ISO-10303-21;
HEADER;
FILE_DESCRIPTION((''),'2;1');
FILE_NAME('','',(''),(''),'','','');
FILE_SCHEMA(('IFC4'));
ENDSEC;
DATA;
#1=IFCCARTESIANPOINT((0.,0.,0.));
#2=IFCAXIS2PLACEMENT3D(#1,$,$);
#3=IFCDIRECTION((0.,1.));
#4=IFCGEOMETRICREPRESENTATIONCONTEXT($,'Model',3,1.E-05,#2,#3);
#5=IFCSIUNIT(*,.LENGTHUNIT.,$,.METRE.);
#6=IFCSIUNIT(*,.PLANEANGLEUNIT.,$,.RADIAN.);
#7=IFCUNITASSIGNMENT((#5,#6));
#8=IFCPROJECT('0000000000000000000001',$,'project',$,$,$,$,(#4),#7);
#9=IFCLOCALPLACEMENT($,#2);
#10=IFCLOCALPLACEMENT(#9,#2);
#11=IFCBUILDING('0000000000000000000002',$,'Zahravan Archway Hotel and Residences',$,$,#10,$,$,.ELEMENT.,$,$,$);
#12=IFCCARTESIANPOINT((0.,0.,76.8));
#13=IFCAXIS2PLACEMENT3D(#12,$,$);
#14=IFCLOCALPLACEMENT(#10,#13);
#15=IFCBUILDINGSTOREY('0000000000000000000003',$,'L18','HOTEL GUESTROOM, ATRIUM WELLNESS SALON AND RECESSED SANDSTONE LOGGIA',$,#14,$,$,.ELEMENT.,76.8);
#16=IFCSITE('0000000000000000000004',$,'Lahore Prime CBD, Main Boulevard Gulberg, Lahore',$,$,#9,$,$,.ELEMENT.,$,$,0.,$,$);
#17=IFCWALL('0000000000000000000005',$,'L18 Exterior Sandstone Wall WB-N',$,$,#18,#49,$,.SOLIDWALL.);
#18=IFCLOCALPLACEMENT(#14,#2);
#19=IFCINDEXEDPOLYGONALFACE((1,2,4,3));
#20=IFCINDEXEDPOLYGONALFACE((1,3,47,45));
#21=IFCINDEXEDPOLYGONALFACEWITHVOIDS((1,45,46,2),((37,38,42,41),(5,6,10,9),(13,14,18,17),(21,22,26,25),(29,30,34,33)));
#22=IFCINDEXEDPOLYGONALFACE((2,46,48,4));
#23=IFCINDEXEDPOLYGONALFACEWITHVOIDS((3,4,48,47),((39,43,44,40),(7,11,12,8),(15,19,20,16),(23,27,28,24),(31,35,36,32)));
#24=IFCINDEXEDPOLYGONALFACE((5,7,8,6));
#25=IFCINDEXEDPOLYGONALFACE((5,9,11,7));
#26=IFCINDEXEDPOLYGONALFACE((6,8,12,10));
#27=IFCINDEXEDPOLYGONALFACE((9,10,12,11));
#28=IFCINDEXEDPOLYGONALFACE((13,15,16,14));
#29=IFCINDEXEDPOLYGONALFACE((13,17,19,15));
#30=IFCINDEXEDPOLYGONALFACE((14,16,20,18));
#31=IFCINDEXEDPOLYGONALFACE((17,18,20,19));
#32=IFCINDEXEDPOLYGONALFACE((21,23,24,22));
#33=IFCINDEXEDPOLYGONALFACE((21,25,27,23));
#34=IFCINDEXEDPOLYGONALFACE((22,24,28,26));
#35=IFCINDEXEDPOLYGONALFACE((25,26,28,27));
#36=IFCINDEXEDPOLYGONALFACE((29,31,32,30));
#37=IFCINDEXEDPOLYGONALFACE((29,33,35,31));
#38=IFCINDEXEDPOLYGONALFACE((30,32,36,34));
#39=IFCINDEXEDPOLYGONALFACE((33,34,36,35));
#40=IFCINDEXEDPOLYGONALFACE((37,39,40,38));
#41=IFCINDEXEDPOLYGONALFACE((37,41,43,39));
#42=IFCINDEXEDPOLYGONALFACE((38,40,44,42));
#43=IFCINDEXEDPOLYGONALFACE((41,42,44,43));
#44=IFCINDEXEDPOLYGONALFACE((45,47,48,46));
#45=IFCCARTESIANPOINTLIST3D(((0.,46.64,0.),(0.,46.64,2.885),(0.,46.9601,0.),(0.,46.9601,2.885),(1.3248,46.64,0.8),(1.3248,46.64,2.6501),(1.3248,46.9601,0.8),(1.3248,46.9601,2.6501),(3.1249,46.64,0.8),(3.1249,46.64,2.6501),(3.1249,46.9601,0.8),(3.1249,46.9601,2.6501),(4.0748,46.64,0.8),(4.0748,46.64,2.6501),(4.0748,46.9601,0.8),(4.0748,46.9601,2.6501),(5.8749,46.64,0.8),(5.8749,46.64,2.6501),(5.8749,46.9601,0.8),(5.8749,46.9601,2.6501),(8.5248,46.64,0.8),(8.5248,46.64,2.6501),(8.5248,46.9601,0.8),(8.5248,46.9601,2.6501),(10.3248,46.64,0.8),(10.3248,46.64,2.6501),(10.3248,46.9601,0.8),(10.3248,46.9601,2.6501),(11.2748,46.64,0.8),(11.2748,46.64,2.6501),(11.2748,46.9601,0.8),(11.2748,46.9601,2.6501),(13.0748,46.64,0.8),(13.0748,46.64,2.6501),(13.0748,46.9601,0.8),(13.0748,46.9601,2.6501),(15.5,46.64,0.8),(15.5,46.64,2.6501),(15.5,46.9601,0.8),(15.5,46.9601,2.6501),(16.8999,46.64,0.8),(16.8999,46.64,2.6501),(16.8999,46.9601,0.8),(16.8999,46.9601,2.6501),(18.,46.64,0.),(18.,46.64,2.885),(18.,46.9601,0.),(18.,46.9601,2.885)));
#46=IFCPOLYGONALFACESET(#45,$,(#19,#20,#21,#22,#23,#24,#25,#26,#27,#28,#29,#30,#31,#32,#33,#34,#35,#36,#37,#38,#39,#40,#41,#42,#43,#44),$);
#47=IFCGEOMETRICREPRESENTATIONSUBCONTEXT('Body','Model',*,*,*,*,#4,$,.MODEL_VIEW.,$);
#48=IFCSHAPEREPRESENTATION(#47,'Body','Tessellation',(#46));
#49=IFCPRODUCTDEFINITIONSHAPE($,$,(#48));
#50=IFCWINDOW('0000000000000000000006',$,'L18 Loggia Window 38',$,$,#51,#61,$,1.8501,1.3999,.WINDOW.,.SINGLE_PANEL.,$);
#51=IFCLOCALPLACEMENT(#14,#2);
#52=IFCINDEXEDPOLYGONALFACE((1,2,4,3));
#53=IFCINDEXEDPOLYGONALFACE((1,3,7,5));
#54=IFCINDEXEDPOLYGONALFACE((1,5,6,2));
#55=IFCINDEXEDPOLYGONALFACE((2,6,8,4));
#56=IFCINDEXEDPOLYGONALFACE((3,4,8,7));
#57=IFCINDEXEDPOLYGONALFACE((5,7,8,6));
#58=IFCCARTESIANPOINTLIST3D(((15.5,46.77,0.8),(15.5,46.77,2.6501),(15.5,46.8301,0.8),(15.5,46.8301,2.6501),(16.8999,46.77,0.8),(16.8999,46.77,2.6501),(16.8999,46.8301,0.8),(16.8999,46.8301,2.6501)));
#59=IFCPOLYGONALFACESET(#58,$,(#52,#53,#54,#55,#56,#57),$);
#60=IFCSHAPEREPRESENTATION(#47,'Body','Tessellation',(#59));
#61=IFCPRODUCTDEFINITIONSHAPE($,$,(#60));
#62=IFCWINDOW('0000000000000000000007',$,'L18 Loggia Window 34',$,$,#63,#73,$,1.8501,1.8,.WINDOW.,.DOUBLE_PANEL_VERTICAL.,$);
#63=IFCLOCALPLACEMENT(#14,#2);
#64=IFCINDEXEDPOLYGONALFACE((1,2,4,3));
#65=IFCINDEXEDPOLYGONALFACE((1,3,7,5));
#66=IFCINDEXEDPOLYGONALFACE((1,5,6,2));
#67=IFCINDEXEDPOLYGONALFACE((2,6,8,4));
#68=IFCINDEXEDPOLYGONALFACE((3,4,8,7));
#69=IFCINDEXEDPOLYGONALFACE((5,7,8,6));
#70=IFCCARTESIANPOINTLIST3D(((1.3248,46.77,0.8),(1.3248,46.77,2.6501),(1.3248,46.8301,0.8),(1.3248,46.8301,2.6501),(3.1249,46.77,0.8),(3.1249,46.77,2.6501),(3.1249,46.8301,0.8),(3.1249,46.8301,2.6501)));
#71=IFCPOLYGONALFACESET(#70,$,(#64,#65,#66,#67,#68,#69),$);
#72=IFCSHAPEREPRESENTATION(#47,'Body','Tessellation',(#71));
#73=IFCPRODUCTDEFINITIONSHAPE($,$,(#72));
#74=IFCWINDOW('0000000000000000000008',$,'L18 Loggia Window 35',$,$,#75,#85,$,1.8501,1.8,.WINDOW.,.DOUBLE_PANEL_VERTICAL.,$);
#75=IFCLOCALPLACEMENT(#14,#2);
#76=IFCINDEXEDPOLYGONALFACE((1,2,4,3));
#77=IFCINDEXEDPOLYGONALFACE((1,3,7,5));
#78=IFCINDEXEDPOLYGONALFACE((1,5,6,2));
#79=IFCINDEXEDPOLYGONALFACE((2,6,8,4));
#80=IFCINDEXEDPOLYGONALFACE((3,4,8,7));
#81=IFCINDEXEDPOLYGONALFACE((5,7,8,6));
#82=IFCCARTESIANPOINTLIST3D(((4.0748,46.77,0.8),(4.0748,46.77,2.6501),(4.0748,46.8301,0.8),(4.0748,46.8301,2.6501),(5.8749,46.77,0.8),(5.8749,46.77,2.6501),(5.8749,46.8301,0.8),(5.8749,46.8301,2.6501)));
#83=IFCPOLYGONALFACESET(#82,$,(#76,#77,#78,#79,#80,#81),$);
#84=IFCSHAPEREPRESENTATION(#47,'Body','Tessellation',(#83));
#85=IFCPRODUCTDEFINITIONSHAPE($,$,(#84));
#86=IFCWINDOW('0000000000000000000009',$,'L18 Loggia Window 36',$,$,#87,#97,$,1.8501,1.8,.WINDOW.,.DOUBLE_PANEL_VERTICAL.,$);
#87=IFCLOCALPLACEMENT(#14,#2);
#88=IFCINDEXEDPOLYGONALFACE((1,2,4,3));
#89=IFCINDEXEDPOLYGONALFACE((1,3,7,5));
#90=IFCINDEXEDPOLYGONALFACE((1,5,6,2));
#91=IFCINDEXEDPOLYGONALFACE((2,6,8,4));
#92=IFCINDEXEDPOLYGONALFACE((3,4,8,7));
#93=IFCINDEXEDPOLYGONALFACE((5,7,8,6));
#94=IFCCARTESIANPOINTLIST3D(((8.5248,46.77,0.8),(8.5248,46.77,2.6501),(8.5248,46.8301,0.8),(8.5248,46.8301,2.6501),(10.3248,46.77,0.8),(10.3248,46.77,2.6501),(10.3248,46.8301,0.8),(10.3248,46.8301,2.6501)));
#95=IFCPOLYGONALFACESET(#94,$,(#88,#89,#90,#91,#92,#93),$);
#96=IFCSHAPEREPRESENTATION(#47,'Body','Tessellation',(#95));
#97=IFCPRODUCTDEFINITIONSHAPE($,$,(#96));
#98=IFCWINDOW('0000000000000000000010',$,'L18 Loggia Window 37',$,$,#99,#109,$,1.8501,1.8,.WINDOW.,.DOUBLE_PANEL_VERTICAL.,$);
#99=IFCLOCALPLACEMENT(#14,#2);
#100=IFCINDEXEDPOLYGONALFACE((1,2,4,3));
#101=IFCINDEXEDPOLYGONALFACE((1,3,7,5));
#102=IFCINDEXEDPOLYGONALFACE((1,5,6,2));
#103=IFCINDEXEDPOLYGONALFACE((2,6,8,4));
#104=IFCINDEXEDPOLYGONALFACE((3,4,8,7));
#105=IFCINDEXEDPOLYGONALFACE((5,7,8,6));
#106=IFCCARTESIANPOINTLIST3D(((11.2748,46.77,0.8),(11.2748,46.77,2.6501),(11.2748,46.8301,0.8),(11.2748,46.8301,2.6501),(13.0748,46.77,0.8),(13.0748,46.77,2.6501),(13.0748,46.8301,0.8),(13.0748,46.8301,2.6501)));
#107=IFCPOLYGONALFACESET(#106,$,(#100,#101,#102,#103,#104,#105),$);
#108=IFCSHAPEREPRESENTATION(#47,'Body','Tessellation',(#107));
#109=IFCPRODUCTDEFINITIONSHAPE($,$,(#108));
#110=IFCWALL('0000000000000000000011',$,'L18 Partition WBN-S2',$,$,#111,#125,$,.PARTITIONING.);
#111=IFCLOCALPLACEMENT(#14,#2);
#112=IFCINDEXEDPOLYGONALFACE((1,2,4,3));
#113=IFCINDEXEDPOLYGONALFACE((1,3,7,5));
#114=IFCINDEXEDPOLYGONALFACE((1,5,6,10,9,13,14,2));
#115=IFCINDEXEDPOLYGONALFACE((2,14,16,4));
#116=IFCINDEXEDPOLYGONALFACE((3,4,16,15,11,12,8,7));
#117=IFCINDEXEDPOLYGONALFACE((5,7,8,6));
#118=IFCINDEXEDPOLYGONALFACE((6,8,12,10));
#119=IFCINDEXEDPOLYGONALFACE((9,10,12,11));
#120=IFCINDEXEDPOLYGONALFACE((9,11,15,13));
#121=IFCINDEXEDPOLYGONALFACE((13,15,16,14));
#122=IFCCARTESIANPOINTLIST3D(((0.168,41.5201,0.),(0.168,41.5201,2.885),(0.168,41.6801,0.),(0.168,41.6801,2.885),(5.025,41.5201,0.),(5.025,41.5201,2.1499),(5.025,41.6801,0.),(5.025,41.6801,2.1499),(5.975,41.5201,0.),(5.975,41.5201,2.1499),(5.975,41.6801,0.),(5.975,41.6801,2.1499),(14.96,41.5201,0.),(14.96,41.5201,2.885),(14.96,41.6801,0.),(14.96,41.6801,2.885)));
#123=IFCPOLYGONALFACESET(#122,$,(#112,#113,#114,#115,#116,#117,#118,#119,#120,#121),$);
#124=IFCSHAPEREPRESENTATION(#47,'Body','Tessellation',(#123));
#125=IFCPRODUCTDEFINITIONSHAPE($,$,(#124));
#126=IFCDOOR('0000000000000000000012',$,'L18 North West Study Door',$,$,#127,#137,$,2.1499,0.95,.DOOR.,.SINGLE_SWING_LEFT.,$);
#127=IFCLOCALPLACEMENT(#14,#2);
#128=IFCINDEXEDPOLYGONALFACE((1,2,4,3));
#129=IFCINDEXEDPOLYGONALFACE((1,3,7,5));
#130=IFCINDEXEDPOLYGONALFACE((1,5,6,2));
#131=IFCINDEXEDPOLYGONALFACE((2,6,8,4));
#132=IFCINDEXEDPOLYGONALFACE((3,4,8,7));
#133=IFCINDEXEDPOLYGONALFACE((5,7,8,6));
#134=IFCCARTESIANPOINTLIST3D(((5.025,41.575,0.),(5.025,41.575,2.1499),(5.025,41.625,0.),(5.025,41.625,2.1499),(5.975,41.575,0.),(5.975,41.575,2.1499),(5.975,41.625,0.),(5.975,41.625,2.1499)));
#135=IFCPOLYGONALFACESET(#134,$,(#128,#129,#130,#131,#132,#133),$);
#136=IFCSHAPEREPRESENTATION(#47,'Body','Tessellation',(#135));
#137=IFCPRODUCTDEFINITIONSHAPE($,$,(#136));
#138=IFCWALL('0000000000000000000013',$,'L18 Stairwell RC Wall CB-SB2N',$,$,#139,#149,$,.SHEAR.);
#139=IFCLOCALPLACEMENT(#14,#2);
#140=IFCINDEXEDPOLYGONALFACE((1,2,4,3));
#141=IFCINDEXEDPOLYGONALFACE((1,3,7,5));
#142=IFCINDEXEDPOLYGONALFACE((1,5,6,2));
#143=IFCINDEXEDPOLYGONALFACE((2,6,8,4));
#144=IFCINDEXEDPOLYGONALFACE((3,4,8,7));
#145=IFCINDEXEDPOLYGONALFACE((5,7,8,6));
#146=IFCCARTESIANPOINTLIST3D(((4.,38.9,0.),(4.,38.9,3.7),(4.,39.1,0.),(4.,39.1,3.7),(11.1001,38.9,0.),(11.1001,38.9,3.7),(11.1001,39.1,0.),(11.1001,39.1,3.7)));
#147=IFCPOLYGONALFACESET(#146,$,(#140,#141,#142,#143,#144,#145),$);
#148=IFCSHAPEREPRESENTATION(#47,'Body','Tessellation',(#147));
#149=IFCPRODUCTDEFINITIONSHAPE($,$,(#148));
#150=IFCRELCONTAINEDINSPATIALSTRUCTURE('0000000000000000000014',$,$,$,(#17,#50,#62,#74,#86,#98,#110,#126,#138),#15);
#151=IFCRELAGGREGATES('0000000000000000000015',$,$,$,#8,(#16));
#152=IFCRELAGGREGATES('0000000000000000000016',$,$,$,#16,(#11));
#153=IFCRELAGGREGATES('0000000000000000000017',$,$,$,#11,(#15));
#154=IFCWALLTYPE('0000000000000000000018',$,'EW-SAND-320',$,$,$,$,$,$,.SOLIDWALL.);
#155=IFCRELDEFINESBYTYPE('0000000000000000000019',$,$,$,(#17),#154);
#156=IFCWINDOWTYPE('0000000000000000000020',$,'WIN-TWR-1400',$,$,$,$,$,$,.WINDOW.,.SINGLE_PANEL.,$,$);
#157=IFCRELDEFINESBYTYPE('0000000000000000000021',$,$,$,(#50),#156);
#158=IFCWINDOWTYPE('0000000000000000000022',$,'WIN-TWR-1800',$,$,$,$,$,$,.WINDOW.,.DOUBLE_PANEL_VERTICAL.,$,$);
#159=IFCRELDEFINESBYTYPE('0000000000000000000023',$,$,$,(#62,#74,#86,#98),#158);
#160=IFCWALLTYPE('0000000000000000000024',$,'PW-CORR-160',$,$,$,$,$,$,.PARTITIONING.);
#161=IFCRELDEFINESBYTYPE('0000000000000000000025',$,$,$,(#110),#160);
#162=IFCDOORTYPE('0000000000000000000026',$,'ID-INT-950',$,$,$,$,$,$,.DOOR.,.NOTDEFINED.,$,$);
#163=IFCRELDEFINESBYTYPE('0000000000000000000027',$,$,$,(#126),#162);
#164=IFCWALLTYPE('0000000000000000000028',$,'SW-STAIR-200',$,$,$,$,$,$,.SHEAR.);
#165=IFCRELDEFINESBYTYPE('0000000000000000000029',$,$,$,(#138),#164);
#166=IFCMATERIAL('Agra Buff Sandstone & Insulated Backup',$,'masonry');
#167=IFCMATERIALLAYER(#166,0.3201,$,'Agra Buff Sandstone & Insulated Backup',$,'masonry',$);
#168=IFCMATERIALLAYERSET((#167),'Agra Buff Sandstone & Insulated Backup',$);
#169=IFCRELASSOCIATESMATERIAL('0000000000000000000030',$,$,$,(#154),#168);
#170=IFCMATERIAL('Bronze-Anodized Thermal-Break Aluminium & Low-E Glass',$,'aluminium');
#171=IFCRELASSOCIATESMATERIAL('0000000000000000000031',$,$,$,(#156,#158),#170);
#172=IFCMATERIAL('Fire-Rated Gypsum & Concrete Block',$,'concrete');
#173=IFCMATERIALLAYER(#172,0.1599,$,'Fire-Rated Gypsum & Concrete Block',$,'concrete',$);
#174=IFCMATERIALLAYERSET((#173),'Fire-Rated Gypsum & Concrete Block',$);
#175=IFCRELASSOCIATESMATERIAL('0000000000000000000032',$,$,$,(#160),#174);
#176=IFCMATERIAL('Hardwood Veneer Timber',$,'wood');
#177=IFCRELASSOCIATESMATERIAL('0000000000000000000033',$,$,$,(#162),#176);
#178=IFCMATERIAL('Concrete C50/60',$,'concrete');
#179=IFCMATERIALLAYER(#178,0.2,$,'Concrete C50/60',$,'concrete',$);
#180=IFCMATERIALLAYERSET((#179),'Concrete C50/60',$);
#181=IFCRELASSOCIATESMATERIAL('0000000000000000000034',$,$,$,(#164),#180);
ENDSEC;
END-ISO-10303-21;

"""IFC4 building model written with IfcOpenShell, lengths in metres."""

from ifc_helpers import new_model, si_unit, direction, frame, frame_2d, origin, place, context, subcontext, project, spatial, rectangle, extrude, source, transform, mapped, material, layer, layer_set, type_object, type_shapes, element, fill, save


model = new_model("IFC4")

# Units and contexts
model_context = context("Model", 3, precision=1e-05, world=origin(), true_north=direction((0.0, 1.0)))
body_context = subcontext(model_context, "Body", "Model", "MODEL_VIEW")
ifc_project = project(units=[si_unit("LENGTHUNIT", "METRE"), si_unit("PLANEANGLEUNIT", "RADIAN")], contexts=[model_context])

# Site, building, storey
site_placement = place(None, origin())
site = spatial("IfcSite", under=ifc_project, at=site_placement, Name="Lahore Prime CBD, Main Boulevard Gulberg, Lahore", CompositionType="ELEMENT", RefElevation=0.0)
building_placement = place(site_placement, origin())
building = spatial("IfcBuilding", under=site, at=building_placement, Name="Zahravan Archway Hotel and Residences", CompositionType="ELEMENT")
storey_placement = place(building_placement, frame((0.0, 0.0, 76.8)))
storey = spatial("IfcBuildingStorey", under=building, at=storey_placement, Name="L18", Description="HOTEL GUESTROOM, ATRIUM WELLNESS SALON AND RECESSED SANDSTONE LOGGIA", CompositionType="ELEMENT", Elevation=76.8)

# Wall, openings, windows
ifc_material_1 = material(Name="Agra Buff Sandstone & Insulated Backup", Category="masonry")
ifc_layer_1 = layer(ifc_material_1, 0.3201, Name="Agra Buff Sandstone & Insulated Backup", Category="masonry")
ifc_layer_set_1 = layer_set([ifc_layer_1], Name="Agra Buff Sandstone & Insulated Backup")
wall_type_1 = type_object("IfcWallType", Name="EW-SAND-320", PredefinedType="SOLIDWALL", material=ifc_layer_set_1)
wall_1_placement = place(storey_placement, frame((0.0, 46.8, 0.0), z_axis=(0.0, 0.0, 1.0), x_axis=(1.0, 0.0, 0.0)))
wall_1 = element("IfcWall", 1, at=wall_1_placement, inside=storey, type_object=wall_type_1, Name="L18 Exterior Sandstone Wall WB-N", PredefinedType="SOLIDWALL", context=body_context, shape_type="SweptSolid", body=[
    extrude(rectangle(XDim=18.0, YDim=0.3201, at=frame_2d((9.0, 0.0))), origin(), (0.0, 0.0, 1.0), 2.885),
])
opening_1_placement = place(wall_1_placement, frame((1.325, 0.0, 0.8)))
opening_1 = element("IfcOpeningElement", 2, at=opening_1_placement, cuts=wall_1, PredefinedType="OPENING", context=body_context, shape_type="SweptSolid", body=[
    extrude(rectangle(XDim=1.8, YDim=1.8501, at=frame_2d((0.8999, 0.925))), frame((0.0, 0.1699, 0.0), z_axis=(0.0, -1.0, 0.0), x_axis=(1.0, 0.0, 0.0)), (0.0, 0.0, 1.0), 0.3401),
])
opening_2_placement = place(wall_1_placement, frame((4.075, 0.0, 0.8)))
opening_2 = element("IfcOpeningElement", 3, at=opening_2_placement, cuts=wall_1, PredefinedType="OPENING", context=body_context, shape_type="SweptSolid", body=[
    extrude(rectangle(XDim=1.8, YDim=1.8501, at=frame_2d((0.8999, 0.925))), frame((0.0, 0.1699, 0.0), z_axis=(0.0, -1.0, 0.0), x_axis=(1.0, 0.0, 0.0)), (0.0, 0.0, 1.0), 0.3401),
])
opening_3_placement = place(wall_1_placement, frame((8.5249, 0.0, 0.8)))
opening_3 = element("IfcOpeningElement", 4, at=opening_3_placement, cuts=wall_1, PredefinedType="OPENING", context=body_context, shape_type="SweptSolid", body=[
    extrude(rectangle(XDim=1.8, YDim=1.8501, at=frame_2d((0.8999, 0.925))), frame((0.0, 0.1699, 0.0), z_axis=(0.0, -1.0, 0.0), x_axis=(1.0, 0.0, 0.0)), (0.0, 0.0, 1.0), 0.3401),
])
opening_4_placement = place(wall_1_placement, frame((11.2749, 0.0, 0.8)))
opening_4 = element("IfcOpeningElement", 5, at=opening_4_placement, cuts=wall_1, PredefinedType="OPENING", context=body_context, shape_type="SweptSolid", body=[
    extrude(rectangle(XDim=1.8, YDim=1.8501, at=frame_2d((0.8999, 0.925))), frame((0.0, 0.1699, 0.0), z_axis=(0.0, -1.0, 0.0), x_axis=(1.0, 0.0, 0.0)), (0.0, 0.0, 1.0), 0.3401),
])
opening_5_placement = place(wall_1_placement, frame((15.5, 0.0, 0.8)))
opening_5 = element("IfcOpeningElement", 6, at=opening_5_placement, cuts=wall_1, PredefinedType="OPENING", context=body_context, shape_type="SweptSolid", body=[
    extrude(rectangle(XDim=1.3999, YDim=1.8501, at=frame_2d((0.7, 0.925))), frame((0.0, 0.1699, 0.0), z_axis=(0.0, -1.0, 0.0), x_axis=(1.0, 0.0, 0.0)), (0.0, 0.0, 1.0), 0.3401),
])
ifc_material_2 = material(Name="Bronze-Anodized Thermal-Break Aluminium & Low-E Glass", Category="aluminium")
window_type_1 = type_object("IfcWindowType", Name="WIN-TWR-1400", PartitioningType="SINGLE_PANEL", PredefinedType="WINDOW", material=ifc_material_2)
shared_shape_1 = source(origin(), body_context, "Body", "SweptSolid", [
    extrude(rectangle(XDim=1.3999, YDim=1.8501, at=frame_2d((0.7, 0.925))), frame((0.0, 0.03, 0.0), z_axis=(0.0, -1.0, 0.0), x_axis=(1.0, 0.0, 0.0)), (0.0, 0.0, 1.0), 0.0601),
])
type_shapes(window_type_1, [shared_shape_1])
window_1_placement = place(opening_5_placement, origin())
window_1 = element("IfcWindow", 7, at=window_1_placement, inside=storey, type_object=window_type_1, Name="L18 Loggia Window 38", OverallHeight=1.8501, OverallWidth=1.3999, PartitioningType="SINGLE_PANEL", PredefinedType="WINDOW", context=body_context, shape_type="MappedRepresentation", body=[
    mapped(shared_shape_1, transform((0.0, 0.0, 0.0), scale=1.0)),
])
fill(opening_5, window_1)
window_type_2 = type_object("IfcWindowType", Name="WIN-TWR-1800", PartitioningType="DOUBLE_PANEL_VERTICAL", PredefinedType="WINDOW", material=ifc_material_2)
shared_shape_2 = source(origin(), body_context, "Body", "SweptSolid", [
    extrude(rectangle(XDim=1.8, YDim=1.8501, at=frame_2d((0.8999, 0.925))), frame((0.0, 0.03, 0.0), z_axis=(0.0, -1.0, 0.0), x_axis=(1.0, 0.0, 0.0)), (0.0, 0.0, 1.0), 0.0601),
])
type_shapes(window_type_2, [shared_shape_2])
window_2_placement = place(opening_1_placement, origin())
window_2 = element("IfcWindow", 8, at=window_2_placement, inside=storey, type_object=window_type_2, Name="L18 Loggia Window 34", OverallHeight=1.8501, OverallWidth=1.8, PartitioningType="DOUBLE_PANEL_VERTICAL", PredefinedType="WINDOW", context=body_context, shape_type="MappedRepresentation", body=[
    mapped(shared_shape_2, transform((0.0, 0.0, 0.0), scale=1.0)),
])
fill(opening_1, window_2)
window_3_placement = place(opening_2_placement, origin())
window_3 = element("IfcWindow", 9, at=window_3_placement, inside=storey, type_object=window_type_2, Name="L18 Loggia Window 35", OverallHeight=1.8501, OverallWidth=1.8, PartitioningType="DOUBLE_PANEL_VERTICAL", PredefinedType="WINDOW", context=body_context, shape_type="MappedRepresentation", body=[
    mapped(shared_shape_2, transform((0.0, 0.0, 0.0), scale=1.0)),
])
fill(opening_2, window_3)
window_4_placement = place(opening_3_placement, origin())
window_4 = element("IfcWindow", 10, at=window_4_placement, inside=storey, type_object=window_type_2, Name="L18 Loggia Window 36", OverallHeight=1.8501, OverallWidth=1.8, PartitioningType="DOUBLE_PANEL_VERTICAL", PredefinedType="WINDOW", context=body_context, shape_type="MappedRepresentation", body=[
    mapped(shared_shape_2, transform((0.0, 0.0, 0.0), scale=1.0)),
])
fill(opening_3, window_4)
window_5_placement = place(opening_4_placement, origin())
window_5 = element("IfcWindow", 11, at=window_5_placement, inside=storey, type_object=window_type_2, Name="L18 Loggia Window 37", OverallHeight=1.8501, OverallWidth=1.8, PartitioningType="DOUBLE_PANEL_VERTICAL", PredefinedType="WINDOW", context=body_context, shape_type="MappedRepresentation", body=[
    mapped(shared_shape_2, transform((0.0, 0.0, 0.0), scale=1.0)),
])
fill(opening_4, window_5)

# Wall, opening, door
ifc_material_3 = material(Name="Fire-Rated Gypsum & Concrete Block", Category="concrete")
ifc_layer_2 = layer(ifc_material_3, 0.1599, Name="Fire-Rated Gypsum & Concrete Block", Category="concrete")
ifc_layer_set_2 = layer_set([ifc_layer_2], Name="Fire-Rated Gypsum & Concrete Block")
wall_type_2 = type_object("IfcWallType", Name="PW-CORR-160", PredefinedType="PARTITIONING", material=ifc_layer_set_2)
wall_2_placement = place(storey_placement, frame((0.168, 41.6001, 0.0), z_axis=(0.0, 0.0, 1.0), x_axis=(1.0, 0.0, 0.0)))
wall_2 = element("IfcWall", 12, at=wall_2_placement, inside=storey, type_object=wall_type_2, Name="L18 Partition WBN-S2", PredefinedType="PARTITIONING", context=body_context, shape_type="SweptSolid", body=[
    extrude(rectangle(XDim=14.792, YDim=0.1599, at=frame_2d((7.396, 0.0))), origin(), (0.0, 0.0, 1.0), 2.885),
])
opening_6_placement = place(wall_2_placement, frame((4.8569, 0.0, 0.0)))
opening_6 = element("IfcOpeningElement", 13, at=opening_6_placement, cuts=wall_2, PredefinedType="OPENING", context=body_context, shape_type="SweptSolid", body=[
    extrude(rectangle(XDim=0.95, YDim=2.1499, at=frame_2d((0.4751, 1.075))), frame((0.0, 0.0898, 0.0), z_axis=(0.0, -1.0, 0.0), x_axis=(1.0, 0.0, 0.0)), (0.0, 0.0, 1.0), 0.1799),
])
ifc_material_4 = material(Name="Hardwood Veneer Timber", Category="wood")
door_type_1 = type_object("IfcDoorType", Name="ID-INT-950", OperationType="NOTDEFINED", PredefinedType="DOOR", material=ifc_material_4)
shared_shape_3 = source(origin(), body_context, "Body", "SweptSolid", [
    extrude(rectangle(XDim=0.95, YDim=2.1499, at=frame_2d((0.4751, 1.075))), frame((0.0, 0.0249, 0.0), z_axis=(0.0, -1.0, 0.0), x_axis=(1.0, 0.0, 0.0)), (0.0, 0.0, 1.0), 0.05),
])
type_shapes(door_type_1, [shared_shape_3])
door_1_placement = place(opening_6_placement, origin())
door_1 = element("IfcDoor", 14, at=door_1_placement, inside=storey, type_object=door_type_1, Name="L18 North West Study Door", OperationType="SINGLE_SWING_LEFT", OverallHeight=2.1499, OverallWidth=0.95, PredefinedType="DOOR", context=body_context, shape_type="MappedRepresentation", body=[
    mapped(shared_shape_3, transform((0.0, 0.0, 0.0), scale=1.0)),
])
fill(opening_6, door_1)

# Wall
ifc_material_5 = material(Name="Concrete C50/60", Category="concrete")
ifc_layer_3 = layer(ifc_material_5, 0.2, Name="Concrete C50/60", Category="concrete")
ifc_layer_set_3 = layer_set([ifc_layer_3], Name="Concrete C50/60")
wall_type_3 = type_object("IfcWallType", Name="SW-STAIR-200", PredefinedType="SHEAR", material=ifc_layer_set_3)
wall_3_placement = place(storey_placement, frame((4.0, 39.0, 0.0), z_axis=(0.0, 0.0, 1.0), x_axis=(1.0, 0.0, 0.0)))
element("IfcWall", 15, at=wall_3_placement, inside=storey, type_object=wall_type_3, Name="L18 Stairwell RC Wall CB-SB2N", PredefinedType="SHEAR", context=body_context, shape_type="SweptSolid", body=[
    extrude(rectangle(XDim=7.1001, YDim=0.2, at=frame_2d((3.55, 0.0))), origin(), (0.0, 0.0, 1.0), 3.7),
])

save(model, "model.ifc")
